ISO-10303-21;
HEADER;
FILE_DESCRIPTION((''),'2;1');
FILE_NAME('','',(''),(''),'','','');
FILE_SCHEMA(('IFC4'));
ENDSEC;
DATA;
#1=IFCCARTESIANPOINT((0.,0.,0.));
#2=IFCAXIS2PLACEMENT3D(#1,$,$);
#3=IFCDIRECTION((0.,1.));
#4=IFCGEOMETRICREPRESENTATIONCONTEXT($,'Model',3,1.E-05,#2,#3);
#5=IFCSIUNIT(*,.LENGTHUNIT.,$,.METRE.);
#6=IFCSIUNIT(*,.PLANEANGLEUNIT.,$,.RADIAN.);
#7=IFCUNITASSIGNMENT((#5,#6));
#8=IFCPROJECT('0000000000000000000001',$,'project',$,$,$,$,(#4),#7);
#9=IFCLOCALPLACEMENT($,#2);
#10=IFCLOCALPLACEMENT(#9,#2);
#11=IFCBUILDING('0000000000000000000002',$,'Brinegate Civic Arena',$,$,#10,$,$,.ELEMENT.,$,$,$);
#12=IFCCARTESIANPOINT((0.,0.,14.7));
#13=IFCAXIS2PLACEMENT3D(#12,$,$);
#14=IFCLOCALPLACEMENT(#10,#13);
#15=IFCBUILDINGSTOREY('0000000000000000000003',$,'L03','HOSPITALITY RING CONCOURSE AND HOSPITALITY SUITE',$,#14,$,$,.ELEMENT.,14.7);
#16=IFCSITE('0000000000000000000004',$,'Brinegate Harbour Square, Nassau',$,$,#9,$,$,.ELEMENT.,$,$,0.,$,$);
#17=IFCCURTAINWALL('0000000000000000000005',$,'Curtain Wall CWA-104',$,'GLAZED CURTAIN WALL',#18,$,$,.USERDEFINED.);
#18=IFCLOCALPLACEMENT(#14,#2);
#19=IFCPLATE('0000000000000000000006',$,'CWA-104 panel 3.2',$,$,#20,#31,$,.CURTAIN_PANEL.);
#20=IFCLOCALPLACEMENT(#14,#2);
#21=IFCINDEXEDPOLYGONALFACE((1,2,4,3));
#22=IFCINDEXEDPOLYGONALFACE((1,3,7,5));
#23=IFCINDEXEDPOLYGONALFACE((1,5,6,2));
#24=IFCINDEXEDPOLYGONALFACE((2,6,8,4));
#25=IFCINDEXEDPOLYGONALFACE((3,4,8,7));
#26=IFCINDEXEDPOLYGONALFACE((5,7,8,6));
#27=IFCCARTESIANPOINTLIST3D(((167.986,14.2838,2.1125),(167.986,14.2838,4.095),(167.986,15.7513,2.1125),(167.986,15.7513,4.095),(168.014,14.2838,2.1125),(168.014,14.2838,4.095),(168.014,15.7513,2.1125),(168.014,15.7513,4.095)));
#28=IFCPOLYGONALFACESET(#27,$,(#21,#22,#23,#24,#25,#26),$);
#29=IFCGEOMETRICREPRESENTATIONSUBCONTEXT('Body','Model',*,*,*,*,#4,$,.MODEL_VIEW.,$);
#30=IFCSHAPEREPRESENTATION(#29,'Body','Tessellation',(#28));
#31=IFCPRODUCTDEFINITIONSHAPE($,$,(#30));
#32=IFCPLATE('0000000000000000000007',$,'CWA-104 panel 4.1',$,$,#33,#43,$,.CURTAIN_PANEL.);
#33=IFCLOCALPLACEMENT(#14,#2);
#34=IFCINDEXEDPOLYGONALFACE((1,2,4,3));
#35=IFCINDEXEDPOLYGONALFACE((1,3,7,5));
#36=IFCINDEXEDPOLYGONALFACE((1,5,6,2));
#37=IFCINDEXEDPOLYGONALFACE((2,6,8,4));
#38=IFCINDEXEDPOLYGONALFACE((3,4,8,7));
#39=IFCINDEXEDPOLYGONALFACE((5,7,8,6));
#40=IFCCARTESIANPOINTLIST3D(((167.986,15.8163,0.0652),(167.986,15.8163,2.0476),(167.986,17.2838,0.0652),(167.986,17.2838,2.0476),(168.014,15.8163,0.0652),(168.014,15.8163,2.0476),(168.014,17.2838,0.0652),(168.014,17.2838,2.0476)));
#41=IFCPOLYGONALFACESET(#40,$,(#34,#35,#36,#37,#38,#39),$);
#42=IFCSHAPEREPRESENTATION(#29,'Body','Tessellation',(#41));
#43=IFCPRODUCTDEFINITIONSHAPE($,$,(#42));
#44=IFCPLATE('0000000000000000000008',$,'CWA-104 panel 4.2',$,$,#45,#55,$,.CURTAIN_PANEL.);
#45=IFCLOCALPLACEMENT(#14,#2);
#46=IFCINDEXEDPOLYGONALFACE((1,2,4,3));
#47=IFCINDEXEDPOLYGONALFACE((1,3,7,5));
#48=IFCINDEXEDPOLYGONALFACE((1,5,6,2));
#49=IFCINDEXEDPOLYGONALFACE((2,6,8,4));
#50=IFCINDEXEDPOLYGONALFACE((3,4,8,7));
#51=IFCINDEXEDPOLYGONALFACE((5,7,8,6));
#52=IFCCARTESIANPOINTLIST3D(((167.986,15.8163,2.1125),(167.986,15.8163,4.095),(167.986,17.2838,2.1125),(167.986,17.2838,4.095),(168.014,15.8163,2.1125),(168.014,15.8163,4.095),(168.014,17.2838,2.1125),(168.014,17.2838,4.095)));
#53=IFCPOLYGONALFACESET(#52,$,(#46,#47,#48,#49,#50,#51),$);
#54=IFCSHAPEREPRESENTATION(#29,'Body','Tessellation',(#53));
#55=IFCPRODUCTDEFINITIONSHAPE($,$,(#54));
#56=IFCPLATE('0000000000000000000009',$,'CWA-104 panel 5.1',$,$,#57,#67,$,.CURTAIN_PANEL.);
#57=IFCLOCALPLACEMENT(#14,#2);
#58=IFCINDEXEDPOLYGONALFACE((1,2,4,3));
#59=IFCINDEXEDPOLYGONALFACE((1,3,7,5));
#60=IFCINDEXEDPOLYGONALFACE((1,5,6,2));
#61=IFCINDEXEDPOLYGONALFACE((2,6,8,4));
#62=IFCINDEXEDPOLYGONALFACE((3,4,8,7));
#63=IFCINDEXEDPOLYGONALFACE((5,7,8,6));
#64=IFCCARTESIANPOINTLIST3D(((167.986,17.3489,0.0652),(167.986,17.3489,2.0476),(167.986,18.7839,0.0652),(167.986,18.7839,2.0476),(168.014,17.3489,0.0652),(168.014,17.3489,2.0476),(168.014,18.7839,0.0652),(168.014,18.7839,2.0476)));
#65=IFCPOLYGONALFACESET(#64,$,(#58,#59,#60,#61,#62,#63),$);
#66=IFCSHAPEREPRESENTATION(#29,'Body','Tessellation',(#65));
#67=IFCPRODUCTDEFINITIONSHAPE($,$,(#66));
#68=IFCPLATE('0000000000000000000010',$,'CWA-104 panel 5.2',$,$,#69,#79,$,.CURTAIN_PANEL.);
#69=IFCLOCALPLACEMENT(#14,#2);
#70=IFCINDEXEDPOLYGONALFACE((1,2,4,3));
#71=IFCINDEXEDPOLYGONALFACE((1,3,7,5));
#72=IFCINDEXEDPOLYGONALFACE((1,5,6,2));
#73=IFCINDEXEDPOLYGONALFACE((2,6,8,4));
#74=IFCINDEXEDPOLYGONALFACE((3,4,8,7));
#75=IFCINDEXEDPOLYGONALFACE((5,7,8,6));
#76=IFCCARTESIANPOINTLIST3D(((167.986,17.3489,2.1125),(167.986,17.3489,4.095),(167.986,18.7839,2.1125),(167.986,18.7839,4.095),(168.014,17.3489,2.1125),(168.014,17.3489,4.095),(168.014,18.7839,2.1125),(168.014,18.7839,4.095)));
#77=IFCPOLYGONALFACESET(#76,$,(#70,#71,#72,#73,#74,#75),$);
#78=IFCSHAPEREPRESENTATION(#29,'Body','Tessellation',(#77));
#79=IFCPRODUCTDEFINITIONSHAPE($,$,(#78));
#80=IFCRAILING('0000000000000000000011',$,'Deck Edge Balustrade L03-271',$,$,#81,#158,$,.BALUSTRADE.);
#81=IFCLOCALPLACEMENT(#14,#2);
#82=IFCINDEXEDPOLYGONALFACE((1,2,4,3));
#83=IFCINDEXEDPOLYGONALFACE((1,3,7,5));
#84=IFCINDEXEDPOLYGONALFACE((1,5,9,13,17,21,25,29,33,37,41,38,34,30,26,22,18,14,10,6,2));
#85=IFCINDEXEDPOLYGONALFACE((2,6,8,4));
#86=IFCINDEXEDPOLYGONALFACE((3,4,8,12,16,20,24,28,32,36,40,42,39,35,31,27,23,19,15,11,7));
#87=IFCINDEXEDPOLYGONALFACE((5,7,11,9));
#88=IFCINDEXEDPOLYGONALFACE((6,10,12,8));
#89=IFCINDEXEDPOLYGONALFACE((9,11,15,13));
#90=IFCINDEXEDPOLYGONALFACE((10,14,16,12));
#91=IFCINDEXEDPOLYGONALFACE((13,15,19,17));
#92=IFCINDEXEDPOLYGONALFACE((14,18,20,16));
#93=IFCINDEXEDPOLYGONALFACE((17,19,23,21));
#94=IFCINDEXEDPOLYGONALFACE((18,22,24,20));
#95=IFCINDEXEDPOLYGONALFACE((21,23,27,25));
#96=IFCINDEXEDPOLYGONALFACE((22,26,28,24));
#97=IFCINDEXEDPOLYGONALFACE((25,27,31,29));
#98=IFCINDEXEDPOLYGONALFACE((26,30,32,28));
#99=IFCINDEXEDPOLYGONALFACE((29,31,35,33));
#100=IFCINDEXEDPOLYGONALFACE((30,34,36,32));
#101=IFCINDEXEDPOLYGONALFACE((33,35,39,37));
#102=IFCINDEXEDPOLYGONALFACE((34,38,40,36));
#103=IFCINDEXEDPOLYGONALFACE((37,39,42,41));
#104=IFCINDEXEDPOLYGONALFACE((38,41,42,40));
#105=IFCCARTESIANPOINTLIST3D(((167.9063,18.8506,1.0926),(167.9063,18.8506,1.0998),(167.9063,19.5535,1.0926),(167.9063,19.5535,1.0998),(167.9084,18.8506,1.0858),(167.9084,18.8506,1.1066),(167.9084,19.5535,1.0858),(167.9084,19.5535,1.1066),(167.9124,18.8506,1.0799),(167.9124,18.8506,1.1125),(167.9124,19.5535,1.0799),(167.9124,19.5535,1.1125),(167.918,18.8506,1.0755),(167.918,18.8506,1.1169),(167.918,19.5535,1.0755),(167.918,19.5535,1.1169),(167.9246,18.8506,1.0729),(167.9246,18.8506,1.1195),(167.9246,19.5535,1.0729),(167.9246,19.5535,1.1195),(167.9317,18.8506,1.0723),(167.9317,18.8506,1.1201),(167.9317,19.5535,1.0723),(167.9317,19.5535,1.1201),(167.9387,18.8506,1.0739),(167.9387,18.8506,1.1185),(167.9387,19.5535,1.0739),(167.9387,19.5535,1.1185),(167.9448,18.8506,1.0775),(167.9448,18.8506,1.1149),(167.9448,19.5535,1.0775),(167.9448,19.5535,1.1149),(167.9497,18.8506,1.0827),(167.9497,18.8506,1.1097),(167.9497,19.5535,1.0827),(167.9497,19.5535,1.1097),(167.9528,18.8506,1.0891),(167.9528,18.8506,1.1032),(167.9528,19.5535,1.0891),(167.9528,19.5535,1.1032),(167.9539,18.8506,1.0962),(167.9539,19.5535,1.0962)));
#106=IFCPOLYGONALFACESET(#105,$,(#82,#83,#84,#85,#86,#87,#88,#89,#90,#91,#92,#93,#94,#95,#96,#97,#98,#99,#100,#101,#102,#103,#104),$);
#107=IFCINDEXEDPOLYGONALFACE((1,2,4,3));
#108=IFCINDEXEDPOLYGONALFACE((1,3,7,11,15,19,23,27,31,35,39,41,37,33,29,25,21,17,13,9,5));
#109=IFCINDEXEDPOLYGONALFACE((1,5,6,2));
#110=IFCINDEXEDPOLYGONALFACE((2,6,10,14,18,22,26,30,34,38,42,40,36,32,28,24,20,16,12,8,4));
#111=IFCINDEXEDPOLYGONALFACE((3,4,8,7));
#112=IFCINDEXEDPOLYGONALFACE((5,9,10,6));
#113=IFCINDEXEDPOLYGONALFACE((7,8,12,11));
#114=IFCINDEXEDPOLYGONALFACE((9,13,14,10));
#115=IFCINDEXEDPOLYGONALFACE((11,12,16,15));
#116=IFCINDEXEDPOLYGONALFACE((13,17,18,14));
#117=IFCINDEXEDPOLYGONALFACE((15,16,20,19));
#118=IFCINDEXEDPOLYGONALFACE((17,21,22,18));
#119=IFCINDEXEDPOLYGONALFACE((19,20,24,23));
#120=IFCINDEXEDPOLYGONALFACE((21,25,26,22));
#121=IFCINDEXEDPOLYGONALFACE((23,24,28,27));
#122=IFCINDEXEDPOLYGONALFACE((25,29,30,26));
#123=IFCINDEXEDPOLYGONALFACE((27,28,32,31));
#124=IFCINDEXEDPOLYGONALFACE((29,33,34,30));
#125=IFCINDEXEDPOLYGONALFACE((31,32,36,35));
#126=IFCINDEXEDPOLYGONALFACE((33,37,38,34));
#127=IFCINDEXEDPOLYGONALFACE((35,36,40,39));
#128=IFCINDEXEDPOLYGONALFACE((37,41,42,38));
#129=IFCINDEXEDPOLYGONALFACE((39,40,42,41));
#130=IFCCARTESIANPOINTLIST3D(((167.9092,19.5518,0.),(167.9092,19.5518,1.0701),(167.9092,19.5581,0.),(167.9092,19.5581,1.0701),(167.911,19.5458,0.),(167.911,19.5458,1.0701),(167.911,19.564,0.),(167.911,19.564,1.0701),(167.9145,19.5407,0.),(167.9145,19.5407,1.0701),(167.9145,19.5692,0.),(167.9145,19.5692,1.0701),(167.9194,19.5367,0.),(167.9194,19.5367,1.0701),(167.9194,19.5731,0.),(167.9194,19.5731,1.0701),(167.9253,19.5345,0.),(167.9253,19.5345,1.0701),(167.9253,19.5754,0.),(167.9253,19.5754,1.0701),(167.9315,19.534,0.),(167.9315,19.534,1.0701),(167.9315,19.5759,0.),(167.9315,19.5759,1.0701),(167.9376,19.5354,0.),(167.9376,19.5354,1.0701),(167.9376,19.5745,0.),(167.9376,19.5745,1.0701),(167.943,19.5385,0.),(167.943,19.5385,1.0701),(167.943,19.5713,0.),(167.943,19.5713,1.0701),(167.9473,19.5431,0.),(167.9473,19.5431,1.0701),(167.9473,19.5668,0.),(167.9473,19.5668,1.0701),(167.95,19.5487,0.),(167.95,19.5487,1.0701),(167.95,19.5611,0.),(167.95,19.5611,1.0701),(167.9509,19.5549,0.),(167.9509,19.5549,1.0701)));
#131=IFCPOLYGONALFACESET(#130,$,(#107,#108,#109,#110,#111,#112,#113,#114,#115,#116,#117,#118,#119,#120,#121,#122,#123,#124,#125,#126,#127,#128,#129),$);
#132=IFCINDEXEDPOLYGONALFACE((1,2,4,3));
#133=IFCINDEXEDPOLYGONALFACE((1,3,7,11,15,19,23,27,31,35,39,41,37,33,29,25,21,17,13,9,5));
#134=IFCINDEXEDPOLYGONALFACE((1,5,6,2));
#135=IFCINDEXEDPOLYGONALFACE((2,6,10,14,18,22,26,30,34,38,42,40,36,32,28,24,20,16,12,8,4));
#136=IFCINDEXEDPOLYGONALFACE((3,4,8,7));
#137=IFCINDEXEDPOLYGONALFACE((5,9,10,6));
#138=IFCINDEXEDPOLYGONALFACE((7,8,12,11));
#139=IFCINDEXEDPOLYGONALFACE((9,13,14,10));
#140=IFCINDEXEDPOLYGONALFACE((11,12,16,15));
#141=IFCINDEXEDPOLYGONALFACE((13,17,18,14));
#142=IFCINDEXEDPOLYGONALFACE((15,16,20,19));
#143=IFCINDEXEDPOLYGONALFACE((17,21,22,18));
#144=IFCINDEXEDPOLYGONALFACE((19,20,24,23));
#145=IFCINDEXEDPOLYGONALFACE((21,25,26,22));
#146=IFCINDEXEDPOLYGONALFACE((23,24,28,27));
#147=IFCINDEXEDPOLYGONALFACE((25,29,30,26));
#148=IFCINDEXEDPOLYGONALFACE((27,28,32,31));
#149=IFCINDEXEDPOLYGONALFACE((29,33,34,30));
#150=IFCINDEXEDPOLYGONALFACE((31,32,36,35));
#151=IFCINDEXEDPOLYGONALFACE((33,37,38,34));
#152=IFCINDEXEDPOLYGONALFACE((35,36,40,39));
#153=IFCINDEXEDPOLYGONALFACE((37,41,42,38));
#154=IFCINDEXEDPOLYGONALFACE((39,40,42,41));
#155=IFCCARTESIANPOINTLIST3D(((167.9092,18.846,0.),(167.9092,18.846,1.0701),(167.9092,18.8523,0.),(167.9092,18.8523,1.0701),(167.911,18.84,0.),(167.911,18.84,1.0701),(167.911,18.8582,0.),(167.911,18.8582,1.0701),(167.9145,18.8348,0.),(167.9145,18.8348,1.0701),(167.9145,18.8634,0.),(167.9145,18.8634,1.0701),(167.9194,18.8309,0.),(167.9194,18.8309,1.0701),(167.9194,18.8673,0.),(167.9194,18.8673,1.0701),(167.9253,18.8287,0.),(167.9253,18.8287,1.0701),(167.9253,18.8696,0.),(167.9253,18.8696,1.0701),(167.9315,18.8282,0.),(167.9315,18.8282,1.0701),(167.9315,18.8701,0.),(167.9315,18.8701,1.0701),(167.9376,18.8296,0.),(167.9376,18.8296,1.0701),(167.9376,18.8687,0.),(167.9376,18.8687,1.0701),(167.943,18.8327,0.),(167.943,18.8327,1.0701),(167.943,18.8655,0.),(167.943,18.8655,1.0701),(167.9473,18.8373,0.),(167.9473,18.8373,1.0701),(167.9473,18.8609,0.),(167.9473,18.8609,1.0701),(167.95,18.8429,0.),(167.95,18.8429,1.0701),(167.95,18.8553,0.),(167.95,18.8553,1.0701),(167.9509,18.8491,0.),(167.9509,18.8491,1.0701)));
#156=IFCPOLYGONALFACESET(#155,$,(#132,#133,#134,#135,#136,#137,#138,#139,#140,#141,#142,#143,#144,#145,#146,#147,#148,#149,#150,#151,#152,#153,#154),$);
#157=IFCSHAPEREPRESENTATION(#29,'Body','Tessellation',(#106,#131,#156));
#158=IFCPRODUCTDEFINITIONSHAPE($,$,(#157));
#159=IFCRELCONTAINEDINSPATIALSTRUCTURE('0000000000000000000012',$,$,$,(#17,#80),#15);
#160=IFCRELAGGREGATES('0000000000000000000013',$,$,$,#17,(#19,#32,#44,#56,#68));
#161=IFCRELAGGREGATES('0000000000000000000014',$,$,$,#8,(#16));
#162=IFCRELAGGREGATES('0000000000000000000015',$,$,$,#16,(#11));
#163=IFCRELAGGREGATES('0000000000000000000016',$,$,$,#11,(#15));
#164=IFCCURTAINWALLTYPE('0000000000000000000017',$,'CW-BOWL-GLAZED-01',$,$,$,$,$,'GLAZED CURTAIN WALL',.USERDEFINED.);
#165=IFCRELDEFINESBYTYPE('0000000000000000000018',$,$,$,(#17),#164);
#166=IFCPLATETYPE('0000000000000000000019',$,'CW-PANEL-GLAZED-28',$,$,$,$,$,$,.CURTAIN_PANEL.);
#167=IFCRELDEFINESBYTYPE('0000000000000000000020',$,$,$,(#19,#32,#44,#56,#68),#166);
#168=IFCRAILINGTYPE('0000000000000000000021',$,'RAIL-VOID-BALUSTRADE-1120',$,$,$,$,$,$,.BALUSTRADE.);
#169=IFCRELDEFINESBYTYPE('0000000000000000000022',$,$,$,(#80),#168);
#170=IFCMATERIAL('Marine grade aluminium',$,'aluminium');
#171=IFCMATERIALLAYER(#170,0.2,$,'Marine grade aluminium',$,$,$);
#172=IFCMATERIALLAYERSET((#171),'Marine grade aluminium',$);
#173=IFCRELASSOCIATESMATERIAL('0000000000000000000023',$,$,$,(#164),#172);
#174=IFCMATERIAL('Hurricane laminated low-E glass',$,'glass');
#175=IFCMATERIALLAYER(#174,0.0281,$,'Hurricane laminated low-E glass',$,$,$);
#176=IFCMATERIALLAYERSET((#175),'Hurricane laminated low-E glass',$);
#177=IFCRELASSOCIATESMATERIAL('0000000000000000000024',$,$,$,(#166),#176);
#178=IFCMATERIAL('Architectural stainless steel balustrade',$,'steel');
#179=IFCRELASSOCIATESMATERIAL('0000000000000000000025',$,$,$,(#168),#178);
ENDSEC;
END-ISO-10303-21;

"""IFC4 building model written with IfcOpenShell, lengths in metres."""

from ifc_helpers import new_model, si_unit, direction, frame, origin, origin_2d, place, context, subcontext, project, spatial, rectangle, circle, extrude, material, layer, layer_set, type_object, element, aggregate, save


model = new_model("IFC4")

# Units and contexts
model_context = context("Model", 3, precision=1e-05, world=origin(), true_north=direction((0.0, 1.0)))
body_context = subcontext(model_context, "Body", "Model", "MODEL_VIEW")
ifc_project = project(units=[si_unit("LENGTHUNIT", "METRE"), si_unit("PLANEANGLEUNIT", "RADIAN")], contexts=[model_context])

# Site, building, storey
site_placement = place(None, origin())
site = spatial("IfcSite", under=ifc_project, at=site_placement, Name="Brinegate Harbour Square, Nassau", CompositionType="ELEMENT", RefElevation=0.0)
building_placement = place(site_placement, origin())
building = spatial("IfcBuilding", under=site, at=building_placement, Name="Brinegate Civic Arena", CompositionType="ELEMENT")
storey_placement = place(building_placement, frame((0.0, 0.0, 14.7)))
storey = spatial("IfcBuildingStorey", under=building, at=storey_placement, Name="L03", Description="HOSPITALITY RING CONCOURSE AND HOSPITALITY SUITE", CompositionType="ELEMENT", Elevation=14.7)

# Curtain wall
ifc_material_1 = material(Name="Marine grade aluminium", Category="aluminium")
ifc_layer_1 = layer(ifc_material_1, 0.2, Name="Marine grade aluminium")
ifc_layer_set_1 = layer_set([ifc_layer_1], Name="Marine grade aluminium")
curtain_wall_type = type_object("IfcCurtainWallType", Name="CW-BOWL-GLAZED-01", ElementType="GLAZED CURTAIN WALL", PredefinedType="USERDEFINED", material=ifc_layer_set_1)
curtain_wall_placement = place(storey_placement, origin())
curtain_wall = element("IfcCurtainWall", 1, at=curtain_wall_placement, inside=storey, type_object=curtain_wall_type, Name="Curtain Wall CWA-104", ObjectType="GLAZED CURTAIN WALL", PredefinedType="USERDEFINED")

# Plates
ifc_material_2 = material(Name="Hurricane laminated low-E glass", Category="glass")
ifc_layer_2 = layer(ifc_material_2, 0.0281, Name="Hurricane laminated low-E glass")
ifc_layer_set_2 = layer_set([ifc_layer_2], Name="Hurricane laminated low-E glass")
plate_type = type_object("IfcPlateType", Name="CW-PANEL-GLAZED-28", PredefinedType="CURTAIN_PANEL", material=ifc_layer_set_2)
plate_1_placement = place(storey_placement, frame((168.0, 15.0176, 2.1125), z_axis=(0.0, 0.0, 1.0), x_axis=(0.0, 1.0, 0.0)))
plate_1 = element("IfcPlate", 2, at=plate_1_placement, type_object=plate_type, Name="CWA-104 panel 3.2", PredefinedType="CURTAIN_PANEL", context=body_context, shape_type="SweptSolid", body=[
    extrude(rectangle(XDim=1.4675, YDim=0.0281, at=origin_2d()), origin(), (0.0, 0.0, 1.0), 1.9824),
])
plate_2_placement = place(storey_placement, frame((168.0, 16.55, 0.0652), z_axis=(0.0, 0.0, 1.0), x_axis=(0.0, 1.0, 0.0)))
plate_2 = element("IfcPlate", 3, at=plate_2_placement, type_object=plate_type, Name="CWA-104 panel 4.1", PredefinedType="CURTAIN_PANEL", context=body_context, shape_type="SweptSolid", body=[
    extrude(rectangle(XDim=1.4675, YDim=0.0281, at=origin_2d()), origin(), (0.0, 0.0, 1.0), 1.9824),
])
plate_3_placement = place(storey_placement, frame((168.0, 16.55, 2.1125), z_axis=(0.0, 0.0, 1.0), x_axis=(0.0, 1.0, 0.0)))
plate_3 = element("IfcPlate", 4, at=plate_3_placement, type_object=plate_type, Name="CWA-104 panel 4.2", PredefinedType="CURTAIN_PANEL", context=body_context, shape_type="SweptSolid", body=[
    extrude(rectangle(XDim=1.4675, YDim=0.0281, at=origin_2d()), origin(), (0.0, 0.0, 1.0), 1.9824),
])
plate_4_placement = place(storey_placement, frame((168.0, 18.0664, 0.0652), z_axis=(0.0, 0.0, 1.0), x_axis=(0.0, 1.0, 0.0)))
plate_4 = element("IfcPlate", 5, at=plate_4_placement, type_object=plate_type, Name="CWA-104 panel 5.1", PredefinedType="CURTAIN_PANEL", context=body_context, shape_type="SweptSolid", body=[
    extrude(rectangle(XDim=1.4351, YDim=0.0281, at=origin_2d()), origin(), (0.0, 0.0, 1.0), 1.9824),
])
plate_5_placement = place(storey_placement, frame((168.0, 18.0664, 2.1125), z_axis=(0.0, 0.0, 1.0), x_axis=(0.0, 1.0, 0.0)))
plate_5 = element("IfcPlate", 6, at=plate_5_placement, type_object=plate_type, Name="CWA-104 panel 5.2", PredefinedType="CURTAIN_PANEL", context=body_context, shape_type="SweptSolid", body=[
    extrude(rectangle(XDim=1.4351, YDim=0.0281, at=origin_2d()), origin(), (0.0, 0.0, 1.0), 1.9824),
])
aggregate(curtain_wall, [plate_1, plate_2, plate_3, plate_4, plate_5])

# Railing
ifc_material_3 = material(Name="Architectural stainless steel balustrade", Category="steel")
railing_type = type_object("IfcRailingType", Name="RAIL-VOID-BALUSTRADE-1120", PredefinedType="BALUSTRADE", material=ifc_material_3)
railing_1_placement = place(storey_placement, frame((167.9299, 19.5549, 0.0)))
element("IfcRailing", 7, at=railing_1_placement, inside=storey, type_object=railing_type, Name="Deck Edge Balustrade L03-271", PredefinedType="BALUSTRADE", context=body_context, shape_type="SweptSolid", body=[
    extrude(circle(Radius=0.0239, at=origin_2d()), frame((0.0, -0.0015, 1.0962), z_axis=(0.0, -1.0, 0.0), x_axis=(1.0, 0.0, 0.0)), (0.0, 0.0, 1.0), 0.7029),
    extrude(circle(Radius=0.021, at=origin_2d()), origin(), (0.0, 0.0, 1.0), 1.0701),
    extrude(circle(Radius=0.021, at=origin_2d()), frame((0.0, -0.7058, 0.0)), (0.0, 0.0, 1.0), 1.0701),
])

save(model, "model.ifc")
